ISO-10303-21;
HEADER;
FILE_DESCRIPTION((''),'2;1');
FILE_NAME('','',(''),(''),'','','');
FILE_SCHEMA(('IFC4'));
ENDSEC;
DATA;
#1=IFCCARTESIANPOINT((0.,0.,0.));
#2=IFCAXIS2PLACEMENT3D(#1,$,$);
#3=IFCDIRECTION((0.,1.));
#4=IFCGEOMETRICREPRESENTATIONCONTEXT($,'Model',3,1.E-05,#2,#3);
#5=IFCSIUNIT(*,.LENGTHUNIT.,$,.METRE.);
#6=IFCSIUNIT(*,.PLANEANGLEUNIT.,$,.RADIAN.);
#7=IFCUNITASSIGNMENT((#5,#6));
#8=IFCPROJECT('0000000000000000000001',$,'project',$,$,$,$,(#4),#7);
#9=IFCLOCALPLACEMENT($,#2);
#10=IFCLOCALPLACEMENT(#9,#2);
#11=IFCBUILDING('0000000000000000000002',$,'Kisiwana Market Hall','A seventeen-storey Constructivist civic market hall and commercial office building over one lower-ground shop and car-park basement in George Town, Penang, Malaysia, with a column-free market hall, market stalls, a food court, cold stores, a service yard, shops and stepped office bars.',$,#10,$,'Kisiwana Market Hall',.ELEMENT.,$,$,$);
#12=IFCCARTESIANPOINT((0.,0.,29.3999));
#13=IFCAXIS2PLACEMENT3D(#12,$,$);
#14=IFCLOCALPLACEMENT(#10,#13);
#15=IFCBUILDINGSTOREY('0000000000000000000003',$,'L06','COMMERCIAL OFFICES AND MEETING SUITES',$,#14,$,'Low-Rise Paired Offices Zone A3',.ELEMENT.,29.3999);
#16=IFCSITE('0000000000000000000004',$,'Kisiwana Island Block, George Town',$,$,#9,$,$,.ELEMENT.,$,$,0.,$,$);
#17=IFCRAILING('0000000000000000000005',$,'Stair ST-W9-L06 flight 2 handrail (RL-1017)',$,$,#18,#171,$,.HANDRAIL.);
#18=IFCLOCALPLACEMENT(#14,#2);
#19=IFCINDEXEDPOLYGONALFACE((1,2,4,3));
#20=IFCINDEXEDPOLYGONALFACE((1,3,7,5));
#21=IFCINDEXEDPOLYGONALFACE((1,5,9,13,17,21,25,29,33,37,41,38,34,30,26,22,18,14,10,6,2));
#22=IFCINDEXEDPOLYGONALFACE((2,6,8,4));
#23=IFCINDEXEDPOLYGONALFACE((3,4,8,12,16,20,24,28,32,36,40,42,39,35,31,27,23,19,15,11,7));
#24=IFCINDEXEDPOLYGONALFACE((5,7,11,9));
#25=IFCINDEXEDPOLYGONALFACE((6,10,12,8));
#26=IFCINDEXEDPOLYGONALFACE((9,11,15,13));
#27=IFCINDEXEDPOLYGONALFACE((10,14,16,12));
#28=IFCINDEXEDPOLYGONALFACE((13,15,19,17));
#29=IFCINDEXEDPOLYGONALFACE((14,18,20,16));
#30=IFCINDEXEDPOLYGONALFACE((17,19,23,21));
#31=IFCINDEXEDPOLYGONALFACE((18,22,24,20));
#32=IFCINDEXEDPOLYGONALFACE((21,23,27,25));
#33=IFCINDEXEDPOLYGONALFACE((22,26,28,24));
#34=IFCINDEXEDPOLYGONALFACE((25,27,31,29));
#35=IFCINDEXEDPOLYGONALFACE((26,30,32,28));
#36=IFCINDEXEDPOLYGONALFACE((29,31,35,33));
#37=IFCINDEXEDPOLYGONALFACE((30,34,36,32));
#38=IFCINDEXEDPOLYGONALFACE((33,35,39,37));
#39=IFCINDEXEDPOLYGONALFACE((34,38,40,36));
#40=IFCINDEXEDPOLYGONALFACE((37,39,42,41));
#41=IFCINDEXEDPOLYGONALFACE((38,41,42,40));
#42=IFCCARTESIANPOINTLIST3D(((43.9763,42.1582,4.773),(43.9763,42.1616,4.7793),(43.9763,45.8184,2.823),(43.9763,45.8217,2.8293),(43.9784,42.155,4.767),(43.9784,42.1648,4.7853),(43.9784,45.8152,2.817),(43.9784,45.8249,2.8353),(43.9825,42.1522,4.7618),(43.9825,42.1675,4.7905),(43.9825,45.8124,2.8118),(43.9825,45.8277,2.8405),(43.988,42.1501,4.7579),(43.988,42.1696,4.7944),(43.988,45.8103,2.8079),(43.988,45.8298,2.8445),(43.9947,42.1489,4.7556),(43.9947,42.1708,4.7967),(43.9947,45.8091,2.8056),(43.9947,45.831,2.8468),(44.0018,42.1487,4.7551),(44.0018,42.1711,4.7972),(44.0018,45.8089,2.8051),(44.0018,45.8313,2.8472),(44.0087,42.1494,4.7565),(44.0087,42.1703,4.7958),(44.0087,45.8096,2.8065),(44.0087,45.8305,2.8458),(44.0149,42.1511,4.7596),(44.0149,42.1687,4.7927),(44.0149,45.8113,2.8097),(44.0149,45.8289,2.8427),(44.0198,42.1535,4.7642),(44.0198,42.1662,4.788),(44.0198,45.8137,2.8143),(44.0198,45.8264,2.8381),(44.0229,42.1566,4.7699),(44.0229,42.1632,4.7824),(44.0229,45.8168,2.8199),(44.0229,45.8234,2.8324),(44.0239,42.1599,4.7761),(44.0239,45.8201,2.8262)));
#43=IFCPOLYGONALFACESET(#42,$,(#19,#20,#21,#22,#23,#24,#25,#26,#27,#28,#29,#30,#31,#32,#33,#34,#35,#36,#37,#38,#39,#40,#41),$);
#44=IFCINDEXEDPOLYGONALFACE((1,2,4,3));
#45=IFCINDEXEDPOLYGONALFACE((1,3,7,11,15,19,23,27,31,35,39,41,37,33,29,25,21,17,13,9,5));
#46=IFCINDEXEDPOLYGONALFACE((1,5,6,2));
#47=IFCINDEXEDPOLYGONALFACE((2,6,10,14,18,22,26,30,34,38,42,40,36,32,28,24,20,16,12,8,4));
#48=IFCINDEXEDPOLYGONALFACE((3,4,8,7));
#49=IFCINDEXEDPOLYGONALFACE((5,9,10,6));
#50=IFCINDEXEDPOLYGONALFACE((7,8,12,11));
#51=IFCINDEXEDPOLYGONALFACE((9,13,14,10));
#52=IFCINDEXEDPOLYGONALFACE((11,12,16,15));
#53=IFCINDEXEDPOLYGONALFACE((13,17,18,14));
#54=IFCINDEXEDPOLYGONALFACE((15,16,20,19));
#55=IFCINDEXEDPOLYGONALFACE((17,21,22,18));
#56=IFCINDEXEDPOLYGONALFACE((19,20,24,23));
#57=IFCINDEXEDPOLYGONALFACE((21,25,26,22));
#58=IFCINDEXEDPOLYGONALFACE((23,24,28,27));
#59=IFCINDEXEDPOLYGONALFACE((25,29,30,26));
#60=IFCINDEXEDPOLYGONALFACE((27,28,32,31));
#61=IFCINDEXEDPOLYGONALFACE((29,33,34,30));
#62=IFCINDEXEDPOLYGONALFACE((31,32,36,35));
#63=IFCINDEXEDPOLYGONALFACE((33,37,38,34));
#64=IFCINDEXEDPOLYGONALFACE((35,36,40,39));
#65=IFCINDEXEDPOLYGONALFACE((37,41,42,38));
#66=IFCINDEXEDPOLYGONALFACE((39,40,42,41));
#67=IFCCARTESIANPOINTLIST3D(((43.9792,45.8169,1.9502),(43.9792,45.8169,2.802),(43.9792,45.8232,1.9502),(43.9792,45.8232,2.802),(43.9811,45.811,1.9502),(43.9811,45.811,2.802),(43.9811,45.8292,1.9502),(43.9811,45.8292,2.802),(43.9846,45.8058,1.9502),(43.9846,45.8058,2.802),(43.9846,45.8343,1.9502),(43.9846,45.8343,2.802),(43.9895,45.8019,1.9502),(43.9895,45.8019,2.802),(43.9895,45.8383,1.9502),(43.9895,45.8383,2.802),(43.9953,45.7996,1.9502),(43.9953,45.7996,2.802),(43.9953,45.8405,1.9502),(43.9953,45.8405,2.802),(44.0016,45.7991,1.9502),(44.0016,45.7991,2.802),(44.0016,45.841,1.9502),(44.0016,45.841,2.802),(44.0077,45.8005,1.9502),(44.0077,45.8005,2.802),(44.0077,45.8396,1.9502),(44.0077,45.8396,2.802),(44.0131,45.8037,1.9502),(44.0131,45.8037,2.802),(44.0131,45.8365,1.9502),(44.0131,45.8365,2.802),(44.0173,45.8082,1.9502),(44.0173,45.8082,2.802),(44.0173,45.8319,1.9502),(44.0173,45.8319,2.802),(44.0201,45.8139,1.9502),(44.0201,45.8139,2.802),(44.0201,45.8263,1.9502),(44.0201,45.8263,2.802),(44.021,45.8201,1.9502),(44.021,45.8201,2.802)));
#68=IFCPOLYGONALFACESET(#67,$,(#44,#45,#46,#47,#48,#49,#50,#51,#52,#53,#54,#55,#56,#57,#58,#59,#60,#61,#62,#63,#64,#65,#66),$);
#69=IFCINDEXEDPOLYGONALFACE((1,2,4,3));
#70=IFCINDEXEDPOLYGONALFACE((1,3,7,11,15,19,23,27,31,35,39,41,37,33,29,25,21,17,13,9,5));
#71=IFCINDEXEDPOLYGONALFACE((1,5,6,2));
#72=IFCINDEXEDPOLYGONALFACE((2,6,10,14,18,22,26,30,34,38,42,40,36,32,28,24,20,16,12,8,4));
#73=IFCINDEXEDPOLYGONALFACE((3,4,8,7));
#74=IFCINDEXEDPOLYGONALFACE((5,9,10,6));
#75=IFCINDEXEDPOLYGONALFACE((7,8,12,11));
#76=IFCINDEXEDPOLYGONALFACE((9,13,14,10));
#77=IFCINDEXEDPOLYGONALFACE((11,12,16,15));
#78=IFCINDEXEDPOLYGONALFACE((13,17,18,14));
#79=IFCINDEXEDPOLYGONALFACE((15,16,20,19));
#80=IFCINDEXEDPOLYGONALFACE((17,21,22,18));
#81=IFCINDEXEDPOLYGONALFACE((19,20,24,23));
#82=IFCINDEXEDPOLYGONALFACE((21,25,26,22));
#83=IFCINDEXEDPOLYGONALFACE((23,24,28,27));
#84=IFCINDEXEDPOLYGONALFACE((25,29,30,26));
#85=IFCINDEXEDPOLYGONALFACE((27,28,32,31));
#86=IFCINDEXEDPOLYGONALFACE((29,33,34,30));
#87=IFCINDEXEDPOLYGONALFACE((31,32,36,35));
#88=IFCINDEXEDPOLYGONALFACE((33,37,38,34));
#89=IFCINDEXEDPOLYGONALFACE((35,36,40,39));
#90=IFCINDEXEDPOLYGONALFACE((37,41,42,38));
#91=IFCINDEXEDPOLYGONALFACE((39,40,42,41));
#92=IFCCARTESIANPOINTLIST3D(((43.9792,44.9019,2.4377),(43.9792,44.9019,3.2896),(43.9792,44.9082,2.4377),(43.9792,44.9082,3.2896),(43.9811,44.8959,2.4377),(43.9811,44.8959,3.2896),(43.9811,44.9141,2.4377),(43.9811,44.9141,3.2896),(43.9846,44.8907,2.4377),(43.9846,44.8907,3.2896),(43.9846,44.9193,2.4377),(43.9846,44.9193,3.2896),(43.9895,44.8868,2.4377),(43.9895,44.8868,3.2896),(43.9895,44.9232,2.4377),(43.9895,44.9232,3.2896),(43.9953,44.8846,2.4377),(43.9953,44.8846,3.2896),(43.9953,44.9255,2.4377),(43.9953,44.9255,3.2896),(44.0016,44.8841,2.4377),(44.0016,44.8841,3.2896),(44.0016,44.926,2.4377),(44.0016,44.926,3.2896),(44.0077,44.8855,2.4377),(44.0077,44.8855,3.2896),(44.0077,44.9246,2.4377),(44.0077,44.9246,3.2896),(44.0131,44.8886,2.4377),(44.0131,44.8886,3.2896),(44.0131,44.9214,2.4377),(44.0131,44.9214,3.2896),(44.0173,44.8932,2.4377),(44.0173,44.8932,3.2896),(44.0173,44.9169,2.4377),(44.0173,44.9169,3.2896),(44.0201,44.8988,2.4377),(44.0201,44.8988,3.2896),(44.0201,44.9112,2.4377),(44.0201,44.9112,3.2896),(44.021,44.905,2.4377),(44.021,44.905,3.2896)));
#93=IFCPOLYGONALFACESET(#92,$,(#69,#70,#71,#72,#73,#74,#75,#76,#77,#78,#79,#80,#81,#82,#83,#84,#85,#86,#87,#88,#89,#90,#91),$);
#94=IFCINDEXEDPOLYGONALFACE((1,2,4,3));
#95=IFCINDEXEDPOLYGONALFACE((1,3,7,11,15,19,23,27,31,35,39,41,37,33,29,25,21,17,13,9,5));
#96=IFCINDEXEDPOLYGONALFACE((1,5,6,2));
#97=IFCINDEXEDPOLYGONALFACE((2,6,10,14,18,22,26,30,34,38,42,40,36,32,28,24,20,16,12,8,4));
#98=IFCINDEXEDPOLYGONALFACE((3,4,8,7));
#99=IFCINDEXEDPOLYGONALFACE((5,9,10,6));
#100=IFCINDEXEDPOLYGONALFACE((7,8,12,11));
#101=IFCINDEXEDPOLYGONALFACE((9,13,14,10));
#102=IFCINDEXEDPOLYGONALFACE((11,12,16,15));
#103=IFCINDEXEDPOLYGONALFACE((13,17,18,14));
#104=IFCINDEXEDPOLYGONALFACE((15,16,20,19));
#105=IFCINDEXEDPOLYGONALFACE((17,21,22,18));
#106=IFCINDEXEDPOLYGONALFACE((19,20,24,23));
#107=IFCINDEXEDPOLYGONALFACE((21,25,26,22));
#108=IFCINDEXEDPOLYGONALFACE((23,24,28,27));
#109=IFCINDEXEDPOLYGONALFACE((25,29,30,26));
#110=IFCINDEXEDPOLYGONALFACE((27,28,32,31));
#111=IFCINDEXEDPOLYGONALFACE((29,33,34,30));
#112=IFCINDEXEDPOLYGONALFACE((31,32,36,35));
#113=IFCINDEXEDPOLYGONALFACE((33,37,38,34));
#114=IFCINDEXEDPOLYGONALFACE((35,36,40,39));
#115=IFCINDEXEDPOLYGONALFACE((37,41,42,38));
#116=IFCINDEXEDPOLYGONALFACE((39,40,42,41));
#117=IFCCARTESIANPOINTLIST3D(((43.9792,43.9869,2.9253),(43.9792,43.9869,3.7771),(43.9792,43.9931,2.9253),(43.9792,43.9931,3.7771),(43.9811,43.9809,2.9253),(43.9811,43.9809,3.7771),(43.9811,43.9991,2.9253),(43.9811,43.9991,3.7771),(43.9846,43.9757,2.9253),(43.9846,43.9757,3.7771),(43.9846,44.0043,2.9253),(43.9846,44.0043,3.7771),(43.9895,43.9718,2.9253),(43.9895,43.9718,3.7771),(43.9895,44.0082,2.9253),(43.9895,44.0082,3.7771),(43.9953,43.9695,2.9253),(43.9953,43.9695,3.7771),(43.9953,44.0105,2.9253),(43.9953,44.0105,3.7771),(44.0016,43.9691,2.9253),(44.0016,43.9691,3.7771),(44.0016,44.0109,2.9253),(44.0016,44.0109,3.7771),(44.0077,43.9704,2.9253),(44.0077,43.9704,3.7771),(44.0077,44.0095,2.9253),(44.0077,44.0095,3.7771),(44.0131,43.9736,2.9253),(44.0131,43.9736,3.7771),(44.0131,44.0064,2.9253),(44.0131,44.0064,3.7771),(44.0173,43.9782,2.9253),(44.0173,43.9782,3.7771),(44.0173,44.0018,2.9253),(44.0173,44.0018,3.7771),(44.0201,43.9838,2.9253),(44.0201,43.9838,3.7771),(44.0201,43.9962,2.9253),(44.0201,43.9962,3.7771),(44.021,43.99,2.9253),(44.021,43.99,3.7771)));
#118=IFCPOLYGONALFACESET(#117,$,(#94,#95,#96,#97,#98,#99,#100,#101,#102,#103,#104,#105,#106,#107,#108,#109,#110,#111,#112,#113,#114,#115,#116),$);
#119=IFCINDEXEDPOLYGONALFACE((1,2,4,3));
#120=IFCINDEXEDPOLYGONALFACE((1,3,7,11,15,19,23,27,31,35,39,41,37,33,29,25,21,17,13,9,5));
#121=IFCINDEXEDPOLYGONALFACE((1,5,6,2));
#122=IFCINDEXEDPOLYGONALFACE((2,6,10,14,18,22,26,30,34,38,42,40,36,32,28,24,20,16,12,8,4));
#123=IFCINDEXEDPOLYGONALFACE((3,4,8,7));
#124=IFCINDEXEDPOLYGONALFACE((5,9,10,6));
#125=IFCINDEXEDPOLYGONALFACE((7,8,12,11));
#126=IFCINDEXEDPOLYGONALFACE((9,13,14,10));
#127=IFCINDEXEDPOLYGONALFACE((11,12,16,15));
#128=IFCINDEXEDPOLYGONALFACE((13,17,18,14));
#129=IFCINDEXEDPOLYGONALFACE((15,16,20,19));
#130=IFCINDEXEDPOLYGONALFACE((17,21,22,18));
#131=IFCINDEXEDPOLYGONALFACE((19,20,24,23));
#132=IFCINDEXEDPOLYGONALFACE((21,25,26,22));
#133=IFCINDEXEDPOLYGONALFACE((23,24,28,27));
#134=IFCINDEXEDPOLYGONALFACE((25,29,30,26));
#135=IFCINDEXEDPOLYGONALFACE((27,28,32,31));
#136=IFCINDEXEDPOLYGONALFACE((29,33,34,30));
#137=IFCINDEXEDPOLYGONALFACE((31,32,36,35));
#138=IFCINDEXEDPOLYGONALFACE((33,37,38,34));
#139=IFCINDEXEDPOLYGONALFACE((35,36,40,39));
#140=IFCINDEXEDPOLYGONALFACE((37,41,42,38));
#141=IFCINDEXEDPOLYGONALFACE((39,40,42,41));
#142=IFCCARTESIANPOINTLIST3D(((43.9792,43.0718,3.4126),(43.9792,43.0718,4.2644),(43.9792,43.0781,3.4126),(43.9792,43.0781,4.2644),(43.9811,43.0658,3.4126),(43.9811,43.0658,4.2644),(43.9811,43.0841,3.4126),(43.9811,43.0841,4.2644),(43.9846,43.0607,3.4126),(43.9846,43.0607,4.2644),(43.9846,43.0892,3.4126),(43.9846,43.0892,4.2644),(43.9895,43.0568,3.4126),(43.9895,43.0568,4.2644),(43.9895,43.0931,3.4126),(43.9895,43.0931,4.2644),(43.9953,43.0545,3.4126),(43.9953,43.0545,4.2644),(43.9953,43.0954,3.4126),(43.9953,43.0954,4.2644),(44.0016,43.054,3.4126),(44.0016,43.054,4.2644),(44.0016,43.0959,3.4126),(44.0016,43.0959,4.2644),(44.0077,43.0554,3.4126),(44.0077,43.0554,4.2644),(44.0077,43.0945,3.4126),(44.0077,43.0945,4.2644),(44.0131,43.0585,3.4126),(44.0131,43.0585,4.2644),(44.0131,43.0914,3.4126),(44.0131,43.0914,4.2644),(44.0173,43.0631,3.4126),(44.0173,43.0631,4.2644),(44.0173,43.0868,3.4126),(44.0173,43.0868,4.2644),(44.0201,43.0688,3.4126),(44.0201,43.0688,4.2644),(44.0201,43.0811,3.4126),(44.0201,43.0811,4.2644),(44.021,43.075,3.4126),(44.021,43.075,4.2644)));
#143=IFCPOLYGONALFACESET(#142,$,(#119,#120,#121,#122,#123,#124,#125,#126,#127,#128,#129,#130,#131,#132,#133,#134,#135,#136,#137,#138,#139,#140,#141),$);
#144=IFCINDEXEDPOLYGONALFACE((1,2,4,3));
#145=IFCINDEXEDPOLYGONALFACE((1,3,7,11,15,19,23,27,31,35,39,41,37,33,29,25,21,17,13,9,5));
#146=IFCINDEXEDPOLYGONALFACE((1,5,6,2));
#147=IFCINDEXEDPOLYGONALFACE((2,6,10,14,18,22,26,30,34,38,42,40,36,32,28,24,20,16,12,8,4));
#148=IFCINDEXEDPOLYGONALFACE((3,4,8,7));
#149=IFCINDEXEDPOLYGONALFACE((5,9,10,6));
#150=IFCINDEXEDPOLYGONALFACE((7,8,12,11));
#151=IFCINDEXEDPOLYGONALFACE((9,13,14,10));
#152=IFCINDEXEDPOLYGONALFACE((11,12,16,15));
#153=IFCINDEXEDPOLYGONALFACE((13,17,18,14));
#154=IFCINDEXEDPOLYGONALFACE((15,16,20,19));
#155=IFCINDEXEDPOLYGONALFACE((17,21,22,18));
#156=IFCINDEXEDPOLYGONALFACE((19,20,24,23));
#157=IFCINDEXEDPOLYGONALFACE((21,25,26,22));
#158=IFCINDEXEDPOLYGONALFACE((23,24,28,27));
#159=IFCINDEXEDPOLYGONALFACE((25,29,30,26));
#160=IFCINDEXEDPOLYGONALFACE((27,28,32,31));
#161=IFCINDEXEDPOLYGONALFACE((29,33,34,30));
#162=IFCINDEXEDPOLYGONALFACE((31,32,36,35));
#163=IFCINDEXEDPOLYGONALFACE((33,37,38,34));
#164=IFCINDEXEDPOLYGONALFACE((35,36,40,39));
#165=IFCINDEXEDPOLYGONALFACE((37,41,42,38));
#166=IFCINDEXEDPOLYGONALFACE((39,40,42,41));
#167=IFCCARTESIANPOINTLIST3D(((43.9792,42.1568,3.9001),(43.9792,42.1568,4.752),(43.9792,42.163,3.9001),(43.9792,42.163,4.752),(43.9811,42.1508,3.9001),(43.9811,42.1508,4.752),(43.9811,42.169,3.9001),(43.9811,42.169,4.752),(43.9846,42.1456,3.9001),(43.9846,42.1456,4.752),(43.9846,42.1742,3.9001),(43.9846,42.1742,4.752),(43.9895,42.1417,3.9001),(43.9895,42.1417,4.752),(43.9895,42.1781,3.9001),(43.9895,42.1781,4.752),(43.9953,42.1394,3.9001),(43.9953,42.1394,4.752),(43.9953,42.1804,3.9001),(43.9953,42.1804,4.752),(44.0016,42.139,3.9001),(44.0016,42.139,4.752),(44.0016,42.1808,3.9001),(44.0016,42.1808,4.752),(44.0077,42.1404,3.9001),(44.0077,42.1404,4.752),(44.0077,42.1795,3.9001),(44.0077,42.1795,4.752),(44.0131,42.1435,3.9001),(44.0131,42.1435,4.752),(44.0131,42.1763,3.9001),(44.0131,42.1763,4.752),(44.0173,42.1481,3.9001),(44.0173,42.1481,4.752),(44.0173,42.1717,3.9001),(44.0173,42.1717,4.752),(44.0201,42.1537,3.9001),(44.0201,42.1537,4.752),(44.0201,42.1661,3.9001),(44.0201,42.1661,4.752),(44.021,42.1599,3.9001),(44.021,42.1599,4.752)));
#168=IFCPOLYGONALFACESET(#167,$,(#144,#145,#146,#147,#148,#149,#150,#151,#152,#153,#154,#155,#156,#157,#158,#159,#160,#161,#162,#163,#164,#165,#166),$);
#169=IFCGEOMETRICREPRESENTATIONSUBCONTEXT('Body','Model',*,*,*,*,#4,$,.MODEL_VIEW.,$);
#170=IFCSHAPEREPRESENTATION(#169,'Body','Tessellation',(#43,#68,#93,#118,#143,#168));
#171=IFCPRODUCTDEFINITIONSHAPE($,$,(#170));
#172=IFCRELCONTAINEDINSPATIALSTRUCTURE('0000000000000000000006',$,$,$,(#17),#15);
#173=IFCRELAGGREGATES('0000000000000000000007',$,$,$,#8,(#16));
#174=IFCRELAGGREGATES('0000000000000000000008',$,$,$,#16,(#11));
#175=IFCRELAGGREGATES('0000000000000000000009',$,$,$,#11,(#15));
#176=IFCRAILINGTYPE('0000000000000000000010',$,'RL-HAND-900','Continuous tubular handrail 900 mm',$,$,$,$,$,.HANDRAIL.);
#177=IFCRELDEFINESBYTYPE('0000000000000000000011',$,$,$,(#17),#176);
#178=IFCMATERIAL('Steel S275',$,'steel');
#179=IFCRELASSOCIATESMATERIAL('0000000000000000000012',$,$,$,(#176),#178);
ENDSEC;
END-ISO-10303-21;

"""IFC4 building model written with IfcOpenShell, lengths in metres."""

from ifc_helpers import new_model, si_unit, direction, frame, origin, origin_2d, place, context, subcontext, project, spatial, circle, extrude, material, type_object, element, save


model = new_model("IFC4")

# Units and contexts
model_context = context("Model", 3, precision=1e-05, world=origin(), true_north=direction((0.0, 1.0)))
body_context = subcontext(model_context, "Body", "Model", "MODEL_VIEW")
ifc_project = project(units=[si_unit("LENGTHUNIT", "METRE"), si_unit("PLANEANGLEUNIT", "RADIAN")], contexts=[model_context])

# Site, building, storey
site_placement = place(None, origin())
site = spatial("IfcSite", under=ifc_project, at=site_placement, Name="Kisiwana Island Block, George Town", CompositionType="ELEMENT", RefElevation=0.0)
building_placement = place(site_placement, origin())
building = spatial("IfcBuilding", under=site, at=building_placement, Name="Kisiwana Market Hall", Description="A seventeen-storey Constructivist civic market hall and commercial office building over one lower-ground shop and car-park basement in George Town, Penang, Malaysia, with a column-free market hall, market stalls, a food court, cold stores, a service yard, shops and stepped office bars.", LongName="Kisiwana Market Hall", CompositionType="ELEMENT")
storey_placement = place(building_placement, frame((0.0, 0.0, 29.3999)))
storey = spatial("IfcBuildingStorey", under=building, at=storey_placement, Name="L06", Description="COMMERCIAL OFFICES AND MEETING SUITES", LongName="Low-Rise Paired Offices Zone A3", CompositionType="ELEMENT", Elevation=29.3999)

# Railing
ifc_material_1 = material(Name="Steel S275", Category="steel")
railing_type_1 = type_object("IfcRailingType", Name="RL-HAND-900", Description="Continuous tubular handrail 900 mm", PredefinedType="HANDRAIL", material=ifc_material_1)
railing_1_placement = place(storey_placement, frame((44.0, 45.8201, 1.9502)))
element("IfcRailing", 1, at=railing_1_placement, inside=storey, type_object=railing_type_1, Name="Stair ST-W9-L06 flight 2 handrail (RL-1017)", PredefinedType="HANDRAIL", context=body_context, shape_type="SweptSolid", body=[
    extrude(circle(Radius=0.0239, at=origin_2d()), frame((0.0, 0.0, 0.876), z_axis=(0.0, -0.882566, 0.470188), x_axis=(1.0, 0.0, 0.0)), (0.0, 0.0, 1.0), 4.1472),
    extrude(circle(Radius=0.021, at=origin_2d()), origin(), (0.0, 0.0, 1.0), 0.8518),
    extrude(circle(Radius=0.021, at=origin_2d()), frame((0.0, -0.915, 0.4875)), (0.0, 0.0, 1.0), 0.8518),
    extrude(circle(Radius=0.021, at=origin_2d()), frame((0.0, -1.8301, 0.9751)), (0.0, 0.0, 1.0), 0.8518),
    extrude(circle(Radius=0.021, at=origin_2d()), frame((0.0, -2.7451, 1.4624)), (0.0, 0.0, 1.0), 0.8518),
    extrude(circle(Radius=0.021, at=origin_2d()), frame((0.0, -3.6602, 1.95)), (0.0, 0.0, 1.0), 0.8518),
])

save(model, "model.ifc")
